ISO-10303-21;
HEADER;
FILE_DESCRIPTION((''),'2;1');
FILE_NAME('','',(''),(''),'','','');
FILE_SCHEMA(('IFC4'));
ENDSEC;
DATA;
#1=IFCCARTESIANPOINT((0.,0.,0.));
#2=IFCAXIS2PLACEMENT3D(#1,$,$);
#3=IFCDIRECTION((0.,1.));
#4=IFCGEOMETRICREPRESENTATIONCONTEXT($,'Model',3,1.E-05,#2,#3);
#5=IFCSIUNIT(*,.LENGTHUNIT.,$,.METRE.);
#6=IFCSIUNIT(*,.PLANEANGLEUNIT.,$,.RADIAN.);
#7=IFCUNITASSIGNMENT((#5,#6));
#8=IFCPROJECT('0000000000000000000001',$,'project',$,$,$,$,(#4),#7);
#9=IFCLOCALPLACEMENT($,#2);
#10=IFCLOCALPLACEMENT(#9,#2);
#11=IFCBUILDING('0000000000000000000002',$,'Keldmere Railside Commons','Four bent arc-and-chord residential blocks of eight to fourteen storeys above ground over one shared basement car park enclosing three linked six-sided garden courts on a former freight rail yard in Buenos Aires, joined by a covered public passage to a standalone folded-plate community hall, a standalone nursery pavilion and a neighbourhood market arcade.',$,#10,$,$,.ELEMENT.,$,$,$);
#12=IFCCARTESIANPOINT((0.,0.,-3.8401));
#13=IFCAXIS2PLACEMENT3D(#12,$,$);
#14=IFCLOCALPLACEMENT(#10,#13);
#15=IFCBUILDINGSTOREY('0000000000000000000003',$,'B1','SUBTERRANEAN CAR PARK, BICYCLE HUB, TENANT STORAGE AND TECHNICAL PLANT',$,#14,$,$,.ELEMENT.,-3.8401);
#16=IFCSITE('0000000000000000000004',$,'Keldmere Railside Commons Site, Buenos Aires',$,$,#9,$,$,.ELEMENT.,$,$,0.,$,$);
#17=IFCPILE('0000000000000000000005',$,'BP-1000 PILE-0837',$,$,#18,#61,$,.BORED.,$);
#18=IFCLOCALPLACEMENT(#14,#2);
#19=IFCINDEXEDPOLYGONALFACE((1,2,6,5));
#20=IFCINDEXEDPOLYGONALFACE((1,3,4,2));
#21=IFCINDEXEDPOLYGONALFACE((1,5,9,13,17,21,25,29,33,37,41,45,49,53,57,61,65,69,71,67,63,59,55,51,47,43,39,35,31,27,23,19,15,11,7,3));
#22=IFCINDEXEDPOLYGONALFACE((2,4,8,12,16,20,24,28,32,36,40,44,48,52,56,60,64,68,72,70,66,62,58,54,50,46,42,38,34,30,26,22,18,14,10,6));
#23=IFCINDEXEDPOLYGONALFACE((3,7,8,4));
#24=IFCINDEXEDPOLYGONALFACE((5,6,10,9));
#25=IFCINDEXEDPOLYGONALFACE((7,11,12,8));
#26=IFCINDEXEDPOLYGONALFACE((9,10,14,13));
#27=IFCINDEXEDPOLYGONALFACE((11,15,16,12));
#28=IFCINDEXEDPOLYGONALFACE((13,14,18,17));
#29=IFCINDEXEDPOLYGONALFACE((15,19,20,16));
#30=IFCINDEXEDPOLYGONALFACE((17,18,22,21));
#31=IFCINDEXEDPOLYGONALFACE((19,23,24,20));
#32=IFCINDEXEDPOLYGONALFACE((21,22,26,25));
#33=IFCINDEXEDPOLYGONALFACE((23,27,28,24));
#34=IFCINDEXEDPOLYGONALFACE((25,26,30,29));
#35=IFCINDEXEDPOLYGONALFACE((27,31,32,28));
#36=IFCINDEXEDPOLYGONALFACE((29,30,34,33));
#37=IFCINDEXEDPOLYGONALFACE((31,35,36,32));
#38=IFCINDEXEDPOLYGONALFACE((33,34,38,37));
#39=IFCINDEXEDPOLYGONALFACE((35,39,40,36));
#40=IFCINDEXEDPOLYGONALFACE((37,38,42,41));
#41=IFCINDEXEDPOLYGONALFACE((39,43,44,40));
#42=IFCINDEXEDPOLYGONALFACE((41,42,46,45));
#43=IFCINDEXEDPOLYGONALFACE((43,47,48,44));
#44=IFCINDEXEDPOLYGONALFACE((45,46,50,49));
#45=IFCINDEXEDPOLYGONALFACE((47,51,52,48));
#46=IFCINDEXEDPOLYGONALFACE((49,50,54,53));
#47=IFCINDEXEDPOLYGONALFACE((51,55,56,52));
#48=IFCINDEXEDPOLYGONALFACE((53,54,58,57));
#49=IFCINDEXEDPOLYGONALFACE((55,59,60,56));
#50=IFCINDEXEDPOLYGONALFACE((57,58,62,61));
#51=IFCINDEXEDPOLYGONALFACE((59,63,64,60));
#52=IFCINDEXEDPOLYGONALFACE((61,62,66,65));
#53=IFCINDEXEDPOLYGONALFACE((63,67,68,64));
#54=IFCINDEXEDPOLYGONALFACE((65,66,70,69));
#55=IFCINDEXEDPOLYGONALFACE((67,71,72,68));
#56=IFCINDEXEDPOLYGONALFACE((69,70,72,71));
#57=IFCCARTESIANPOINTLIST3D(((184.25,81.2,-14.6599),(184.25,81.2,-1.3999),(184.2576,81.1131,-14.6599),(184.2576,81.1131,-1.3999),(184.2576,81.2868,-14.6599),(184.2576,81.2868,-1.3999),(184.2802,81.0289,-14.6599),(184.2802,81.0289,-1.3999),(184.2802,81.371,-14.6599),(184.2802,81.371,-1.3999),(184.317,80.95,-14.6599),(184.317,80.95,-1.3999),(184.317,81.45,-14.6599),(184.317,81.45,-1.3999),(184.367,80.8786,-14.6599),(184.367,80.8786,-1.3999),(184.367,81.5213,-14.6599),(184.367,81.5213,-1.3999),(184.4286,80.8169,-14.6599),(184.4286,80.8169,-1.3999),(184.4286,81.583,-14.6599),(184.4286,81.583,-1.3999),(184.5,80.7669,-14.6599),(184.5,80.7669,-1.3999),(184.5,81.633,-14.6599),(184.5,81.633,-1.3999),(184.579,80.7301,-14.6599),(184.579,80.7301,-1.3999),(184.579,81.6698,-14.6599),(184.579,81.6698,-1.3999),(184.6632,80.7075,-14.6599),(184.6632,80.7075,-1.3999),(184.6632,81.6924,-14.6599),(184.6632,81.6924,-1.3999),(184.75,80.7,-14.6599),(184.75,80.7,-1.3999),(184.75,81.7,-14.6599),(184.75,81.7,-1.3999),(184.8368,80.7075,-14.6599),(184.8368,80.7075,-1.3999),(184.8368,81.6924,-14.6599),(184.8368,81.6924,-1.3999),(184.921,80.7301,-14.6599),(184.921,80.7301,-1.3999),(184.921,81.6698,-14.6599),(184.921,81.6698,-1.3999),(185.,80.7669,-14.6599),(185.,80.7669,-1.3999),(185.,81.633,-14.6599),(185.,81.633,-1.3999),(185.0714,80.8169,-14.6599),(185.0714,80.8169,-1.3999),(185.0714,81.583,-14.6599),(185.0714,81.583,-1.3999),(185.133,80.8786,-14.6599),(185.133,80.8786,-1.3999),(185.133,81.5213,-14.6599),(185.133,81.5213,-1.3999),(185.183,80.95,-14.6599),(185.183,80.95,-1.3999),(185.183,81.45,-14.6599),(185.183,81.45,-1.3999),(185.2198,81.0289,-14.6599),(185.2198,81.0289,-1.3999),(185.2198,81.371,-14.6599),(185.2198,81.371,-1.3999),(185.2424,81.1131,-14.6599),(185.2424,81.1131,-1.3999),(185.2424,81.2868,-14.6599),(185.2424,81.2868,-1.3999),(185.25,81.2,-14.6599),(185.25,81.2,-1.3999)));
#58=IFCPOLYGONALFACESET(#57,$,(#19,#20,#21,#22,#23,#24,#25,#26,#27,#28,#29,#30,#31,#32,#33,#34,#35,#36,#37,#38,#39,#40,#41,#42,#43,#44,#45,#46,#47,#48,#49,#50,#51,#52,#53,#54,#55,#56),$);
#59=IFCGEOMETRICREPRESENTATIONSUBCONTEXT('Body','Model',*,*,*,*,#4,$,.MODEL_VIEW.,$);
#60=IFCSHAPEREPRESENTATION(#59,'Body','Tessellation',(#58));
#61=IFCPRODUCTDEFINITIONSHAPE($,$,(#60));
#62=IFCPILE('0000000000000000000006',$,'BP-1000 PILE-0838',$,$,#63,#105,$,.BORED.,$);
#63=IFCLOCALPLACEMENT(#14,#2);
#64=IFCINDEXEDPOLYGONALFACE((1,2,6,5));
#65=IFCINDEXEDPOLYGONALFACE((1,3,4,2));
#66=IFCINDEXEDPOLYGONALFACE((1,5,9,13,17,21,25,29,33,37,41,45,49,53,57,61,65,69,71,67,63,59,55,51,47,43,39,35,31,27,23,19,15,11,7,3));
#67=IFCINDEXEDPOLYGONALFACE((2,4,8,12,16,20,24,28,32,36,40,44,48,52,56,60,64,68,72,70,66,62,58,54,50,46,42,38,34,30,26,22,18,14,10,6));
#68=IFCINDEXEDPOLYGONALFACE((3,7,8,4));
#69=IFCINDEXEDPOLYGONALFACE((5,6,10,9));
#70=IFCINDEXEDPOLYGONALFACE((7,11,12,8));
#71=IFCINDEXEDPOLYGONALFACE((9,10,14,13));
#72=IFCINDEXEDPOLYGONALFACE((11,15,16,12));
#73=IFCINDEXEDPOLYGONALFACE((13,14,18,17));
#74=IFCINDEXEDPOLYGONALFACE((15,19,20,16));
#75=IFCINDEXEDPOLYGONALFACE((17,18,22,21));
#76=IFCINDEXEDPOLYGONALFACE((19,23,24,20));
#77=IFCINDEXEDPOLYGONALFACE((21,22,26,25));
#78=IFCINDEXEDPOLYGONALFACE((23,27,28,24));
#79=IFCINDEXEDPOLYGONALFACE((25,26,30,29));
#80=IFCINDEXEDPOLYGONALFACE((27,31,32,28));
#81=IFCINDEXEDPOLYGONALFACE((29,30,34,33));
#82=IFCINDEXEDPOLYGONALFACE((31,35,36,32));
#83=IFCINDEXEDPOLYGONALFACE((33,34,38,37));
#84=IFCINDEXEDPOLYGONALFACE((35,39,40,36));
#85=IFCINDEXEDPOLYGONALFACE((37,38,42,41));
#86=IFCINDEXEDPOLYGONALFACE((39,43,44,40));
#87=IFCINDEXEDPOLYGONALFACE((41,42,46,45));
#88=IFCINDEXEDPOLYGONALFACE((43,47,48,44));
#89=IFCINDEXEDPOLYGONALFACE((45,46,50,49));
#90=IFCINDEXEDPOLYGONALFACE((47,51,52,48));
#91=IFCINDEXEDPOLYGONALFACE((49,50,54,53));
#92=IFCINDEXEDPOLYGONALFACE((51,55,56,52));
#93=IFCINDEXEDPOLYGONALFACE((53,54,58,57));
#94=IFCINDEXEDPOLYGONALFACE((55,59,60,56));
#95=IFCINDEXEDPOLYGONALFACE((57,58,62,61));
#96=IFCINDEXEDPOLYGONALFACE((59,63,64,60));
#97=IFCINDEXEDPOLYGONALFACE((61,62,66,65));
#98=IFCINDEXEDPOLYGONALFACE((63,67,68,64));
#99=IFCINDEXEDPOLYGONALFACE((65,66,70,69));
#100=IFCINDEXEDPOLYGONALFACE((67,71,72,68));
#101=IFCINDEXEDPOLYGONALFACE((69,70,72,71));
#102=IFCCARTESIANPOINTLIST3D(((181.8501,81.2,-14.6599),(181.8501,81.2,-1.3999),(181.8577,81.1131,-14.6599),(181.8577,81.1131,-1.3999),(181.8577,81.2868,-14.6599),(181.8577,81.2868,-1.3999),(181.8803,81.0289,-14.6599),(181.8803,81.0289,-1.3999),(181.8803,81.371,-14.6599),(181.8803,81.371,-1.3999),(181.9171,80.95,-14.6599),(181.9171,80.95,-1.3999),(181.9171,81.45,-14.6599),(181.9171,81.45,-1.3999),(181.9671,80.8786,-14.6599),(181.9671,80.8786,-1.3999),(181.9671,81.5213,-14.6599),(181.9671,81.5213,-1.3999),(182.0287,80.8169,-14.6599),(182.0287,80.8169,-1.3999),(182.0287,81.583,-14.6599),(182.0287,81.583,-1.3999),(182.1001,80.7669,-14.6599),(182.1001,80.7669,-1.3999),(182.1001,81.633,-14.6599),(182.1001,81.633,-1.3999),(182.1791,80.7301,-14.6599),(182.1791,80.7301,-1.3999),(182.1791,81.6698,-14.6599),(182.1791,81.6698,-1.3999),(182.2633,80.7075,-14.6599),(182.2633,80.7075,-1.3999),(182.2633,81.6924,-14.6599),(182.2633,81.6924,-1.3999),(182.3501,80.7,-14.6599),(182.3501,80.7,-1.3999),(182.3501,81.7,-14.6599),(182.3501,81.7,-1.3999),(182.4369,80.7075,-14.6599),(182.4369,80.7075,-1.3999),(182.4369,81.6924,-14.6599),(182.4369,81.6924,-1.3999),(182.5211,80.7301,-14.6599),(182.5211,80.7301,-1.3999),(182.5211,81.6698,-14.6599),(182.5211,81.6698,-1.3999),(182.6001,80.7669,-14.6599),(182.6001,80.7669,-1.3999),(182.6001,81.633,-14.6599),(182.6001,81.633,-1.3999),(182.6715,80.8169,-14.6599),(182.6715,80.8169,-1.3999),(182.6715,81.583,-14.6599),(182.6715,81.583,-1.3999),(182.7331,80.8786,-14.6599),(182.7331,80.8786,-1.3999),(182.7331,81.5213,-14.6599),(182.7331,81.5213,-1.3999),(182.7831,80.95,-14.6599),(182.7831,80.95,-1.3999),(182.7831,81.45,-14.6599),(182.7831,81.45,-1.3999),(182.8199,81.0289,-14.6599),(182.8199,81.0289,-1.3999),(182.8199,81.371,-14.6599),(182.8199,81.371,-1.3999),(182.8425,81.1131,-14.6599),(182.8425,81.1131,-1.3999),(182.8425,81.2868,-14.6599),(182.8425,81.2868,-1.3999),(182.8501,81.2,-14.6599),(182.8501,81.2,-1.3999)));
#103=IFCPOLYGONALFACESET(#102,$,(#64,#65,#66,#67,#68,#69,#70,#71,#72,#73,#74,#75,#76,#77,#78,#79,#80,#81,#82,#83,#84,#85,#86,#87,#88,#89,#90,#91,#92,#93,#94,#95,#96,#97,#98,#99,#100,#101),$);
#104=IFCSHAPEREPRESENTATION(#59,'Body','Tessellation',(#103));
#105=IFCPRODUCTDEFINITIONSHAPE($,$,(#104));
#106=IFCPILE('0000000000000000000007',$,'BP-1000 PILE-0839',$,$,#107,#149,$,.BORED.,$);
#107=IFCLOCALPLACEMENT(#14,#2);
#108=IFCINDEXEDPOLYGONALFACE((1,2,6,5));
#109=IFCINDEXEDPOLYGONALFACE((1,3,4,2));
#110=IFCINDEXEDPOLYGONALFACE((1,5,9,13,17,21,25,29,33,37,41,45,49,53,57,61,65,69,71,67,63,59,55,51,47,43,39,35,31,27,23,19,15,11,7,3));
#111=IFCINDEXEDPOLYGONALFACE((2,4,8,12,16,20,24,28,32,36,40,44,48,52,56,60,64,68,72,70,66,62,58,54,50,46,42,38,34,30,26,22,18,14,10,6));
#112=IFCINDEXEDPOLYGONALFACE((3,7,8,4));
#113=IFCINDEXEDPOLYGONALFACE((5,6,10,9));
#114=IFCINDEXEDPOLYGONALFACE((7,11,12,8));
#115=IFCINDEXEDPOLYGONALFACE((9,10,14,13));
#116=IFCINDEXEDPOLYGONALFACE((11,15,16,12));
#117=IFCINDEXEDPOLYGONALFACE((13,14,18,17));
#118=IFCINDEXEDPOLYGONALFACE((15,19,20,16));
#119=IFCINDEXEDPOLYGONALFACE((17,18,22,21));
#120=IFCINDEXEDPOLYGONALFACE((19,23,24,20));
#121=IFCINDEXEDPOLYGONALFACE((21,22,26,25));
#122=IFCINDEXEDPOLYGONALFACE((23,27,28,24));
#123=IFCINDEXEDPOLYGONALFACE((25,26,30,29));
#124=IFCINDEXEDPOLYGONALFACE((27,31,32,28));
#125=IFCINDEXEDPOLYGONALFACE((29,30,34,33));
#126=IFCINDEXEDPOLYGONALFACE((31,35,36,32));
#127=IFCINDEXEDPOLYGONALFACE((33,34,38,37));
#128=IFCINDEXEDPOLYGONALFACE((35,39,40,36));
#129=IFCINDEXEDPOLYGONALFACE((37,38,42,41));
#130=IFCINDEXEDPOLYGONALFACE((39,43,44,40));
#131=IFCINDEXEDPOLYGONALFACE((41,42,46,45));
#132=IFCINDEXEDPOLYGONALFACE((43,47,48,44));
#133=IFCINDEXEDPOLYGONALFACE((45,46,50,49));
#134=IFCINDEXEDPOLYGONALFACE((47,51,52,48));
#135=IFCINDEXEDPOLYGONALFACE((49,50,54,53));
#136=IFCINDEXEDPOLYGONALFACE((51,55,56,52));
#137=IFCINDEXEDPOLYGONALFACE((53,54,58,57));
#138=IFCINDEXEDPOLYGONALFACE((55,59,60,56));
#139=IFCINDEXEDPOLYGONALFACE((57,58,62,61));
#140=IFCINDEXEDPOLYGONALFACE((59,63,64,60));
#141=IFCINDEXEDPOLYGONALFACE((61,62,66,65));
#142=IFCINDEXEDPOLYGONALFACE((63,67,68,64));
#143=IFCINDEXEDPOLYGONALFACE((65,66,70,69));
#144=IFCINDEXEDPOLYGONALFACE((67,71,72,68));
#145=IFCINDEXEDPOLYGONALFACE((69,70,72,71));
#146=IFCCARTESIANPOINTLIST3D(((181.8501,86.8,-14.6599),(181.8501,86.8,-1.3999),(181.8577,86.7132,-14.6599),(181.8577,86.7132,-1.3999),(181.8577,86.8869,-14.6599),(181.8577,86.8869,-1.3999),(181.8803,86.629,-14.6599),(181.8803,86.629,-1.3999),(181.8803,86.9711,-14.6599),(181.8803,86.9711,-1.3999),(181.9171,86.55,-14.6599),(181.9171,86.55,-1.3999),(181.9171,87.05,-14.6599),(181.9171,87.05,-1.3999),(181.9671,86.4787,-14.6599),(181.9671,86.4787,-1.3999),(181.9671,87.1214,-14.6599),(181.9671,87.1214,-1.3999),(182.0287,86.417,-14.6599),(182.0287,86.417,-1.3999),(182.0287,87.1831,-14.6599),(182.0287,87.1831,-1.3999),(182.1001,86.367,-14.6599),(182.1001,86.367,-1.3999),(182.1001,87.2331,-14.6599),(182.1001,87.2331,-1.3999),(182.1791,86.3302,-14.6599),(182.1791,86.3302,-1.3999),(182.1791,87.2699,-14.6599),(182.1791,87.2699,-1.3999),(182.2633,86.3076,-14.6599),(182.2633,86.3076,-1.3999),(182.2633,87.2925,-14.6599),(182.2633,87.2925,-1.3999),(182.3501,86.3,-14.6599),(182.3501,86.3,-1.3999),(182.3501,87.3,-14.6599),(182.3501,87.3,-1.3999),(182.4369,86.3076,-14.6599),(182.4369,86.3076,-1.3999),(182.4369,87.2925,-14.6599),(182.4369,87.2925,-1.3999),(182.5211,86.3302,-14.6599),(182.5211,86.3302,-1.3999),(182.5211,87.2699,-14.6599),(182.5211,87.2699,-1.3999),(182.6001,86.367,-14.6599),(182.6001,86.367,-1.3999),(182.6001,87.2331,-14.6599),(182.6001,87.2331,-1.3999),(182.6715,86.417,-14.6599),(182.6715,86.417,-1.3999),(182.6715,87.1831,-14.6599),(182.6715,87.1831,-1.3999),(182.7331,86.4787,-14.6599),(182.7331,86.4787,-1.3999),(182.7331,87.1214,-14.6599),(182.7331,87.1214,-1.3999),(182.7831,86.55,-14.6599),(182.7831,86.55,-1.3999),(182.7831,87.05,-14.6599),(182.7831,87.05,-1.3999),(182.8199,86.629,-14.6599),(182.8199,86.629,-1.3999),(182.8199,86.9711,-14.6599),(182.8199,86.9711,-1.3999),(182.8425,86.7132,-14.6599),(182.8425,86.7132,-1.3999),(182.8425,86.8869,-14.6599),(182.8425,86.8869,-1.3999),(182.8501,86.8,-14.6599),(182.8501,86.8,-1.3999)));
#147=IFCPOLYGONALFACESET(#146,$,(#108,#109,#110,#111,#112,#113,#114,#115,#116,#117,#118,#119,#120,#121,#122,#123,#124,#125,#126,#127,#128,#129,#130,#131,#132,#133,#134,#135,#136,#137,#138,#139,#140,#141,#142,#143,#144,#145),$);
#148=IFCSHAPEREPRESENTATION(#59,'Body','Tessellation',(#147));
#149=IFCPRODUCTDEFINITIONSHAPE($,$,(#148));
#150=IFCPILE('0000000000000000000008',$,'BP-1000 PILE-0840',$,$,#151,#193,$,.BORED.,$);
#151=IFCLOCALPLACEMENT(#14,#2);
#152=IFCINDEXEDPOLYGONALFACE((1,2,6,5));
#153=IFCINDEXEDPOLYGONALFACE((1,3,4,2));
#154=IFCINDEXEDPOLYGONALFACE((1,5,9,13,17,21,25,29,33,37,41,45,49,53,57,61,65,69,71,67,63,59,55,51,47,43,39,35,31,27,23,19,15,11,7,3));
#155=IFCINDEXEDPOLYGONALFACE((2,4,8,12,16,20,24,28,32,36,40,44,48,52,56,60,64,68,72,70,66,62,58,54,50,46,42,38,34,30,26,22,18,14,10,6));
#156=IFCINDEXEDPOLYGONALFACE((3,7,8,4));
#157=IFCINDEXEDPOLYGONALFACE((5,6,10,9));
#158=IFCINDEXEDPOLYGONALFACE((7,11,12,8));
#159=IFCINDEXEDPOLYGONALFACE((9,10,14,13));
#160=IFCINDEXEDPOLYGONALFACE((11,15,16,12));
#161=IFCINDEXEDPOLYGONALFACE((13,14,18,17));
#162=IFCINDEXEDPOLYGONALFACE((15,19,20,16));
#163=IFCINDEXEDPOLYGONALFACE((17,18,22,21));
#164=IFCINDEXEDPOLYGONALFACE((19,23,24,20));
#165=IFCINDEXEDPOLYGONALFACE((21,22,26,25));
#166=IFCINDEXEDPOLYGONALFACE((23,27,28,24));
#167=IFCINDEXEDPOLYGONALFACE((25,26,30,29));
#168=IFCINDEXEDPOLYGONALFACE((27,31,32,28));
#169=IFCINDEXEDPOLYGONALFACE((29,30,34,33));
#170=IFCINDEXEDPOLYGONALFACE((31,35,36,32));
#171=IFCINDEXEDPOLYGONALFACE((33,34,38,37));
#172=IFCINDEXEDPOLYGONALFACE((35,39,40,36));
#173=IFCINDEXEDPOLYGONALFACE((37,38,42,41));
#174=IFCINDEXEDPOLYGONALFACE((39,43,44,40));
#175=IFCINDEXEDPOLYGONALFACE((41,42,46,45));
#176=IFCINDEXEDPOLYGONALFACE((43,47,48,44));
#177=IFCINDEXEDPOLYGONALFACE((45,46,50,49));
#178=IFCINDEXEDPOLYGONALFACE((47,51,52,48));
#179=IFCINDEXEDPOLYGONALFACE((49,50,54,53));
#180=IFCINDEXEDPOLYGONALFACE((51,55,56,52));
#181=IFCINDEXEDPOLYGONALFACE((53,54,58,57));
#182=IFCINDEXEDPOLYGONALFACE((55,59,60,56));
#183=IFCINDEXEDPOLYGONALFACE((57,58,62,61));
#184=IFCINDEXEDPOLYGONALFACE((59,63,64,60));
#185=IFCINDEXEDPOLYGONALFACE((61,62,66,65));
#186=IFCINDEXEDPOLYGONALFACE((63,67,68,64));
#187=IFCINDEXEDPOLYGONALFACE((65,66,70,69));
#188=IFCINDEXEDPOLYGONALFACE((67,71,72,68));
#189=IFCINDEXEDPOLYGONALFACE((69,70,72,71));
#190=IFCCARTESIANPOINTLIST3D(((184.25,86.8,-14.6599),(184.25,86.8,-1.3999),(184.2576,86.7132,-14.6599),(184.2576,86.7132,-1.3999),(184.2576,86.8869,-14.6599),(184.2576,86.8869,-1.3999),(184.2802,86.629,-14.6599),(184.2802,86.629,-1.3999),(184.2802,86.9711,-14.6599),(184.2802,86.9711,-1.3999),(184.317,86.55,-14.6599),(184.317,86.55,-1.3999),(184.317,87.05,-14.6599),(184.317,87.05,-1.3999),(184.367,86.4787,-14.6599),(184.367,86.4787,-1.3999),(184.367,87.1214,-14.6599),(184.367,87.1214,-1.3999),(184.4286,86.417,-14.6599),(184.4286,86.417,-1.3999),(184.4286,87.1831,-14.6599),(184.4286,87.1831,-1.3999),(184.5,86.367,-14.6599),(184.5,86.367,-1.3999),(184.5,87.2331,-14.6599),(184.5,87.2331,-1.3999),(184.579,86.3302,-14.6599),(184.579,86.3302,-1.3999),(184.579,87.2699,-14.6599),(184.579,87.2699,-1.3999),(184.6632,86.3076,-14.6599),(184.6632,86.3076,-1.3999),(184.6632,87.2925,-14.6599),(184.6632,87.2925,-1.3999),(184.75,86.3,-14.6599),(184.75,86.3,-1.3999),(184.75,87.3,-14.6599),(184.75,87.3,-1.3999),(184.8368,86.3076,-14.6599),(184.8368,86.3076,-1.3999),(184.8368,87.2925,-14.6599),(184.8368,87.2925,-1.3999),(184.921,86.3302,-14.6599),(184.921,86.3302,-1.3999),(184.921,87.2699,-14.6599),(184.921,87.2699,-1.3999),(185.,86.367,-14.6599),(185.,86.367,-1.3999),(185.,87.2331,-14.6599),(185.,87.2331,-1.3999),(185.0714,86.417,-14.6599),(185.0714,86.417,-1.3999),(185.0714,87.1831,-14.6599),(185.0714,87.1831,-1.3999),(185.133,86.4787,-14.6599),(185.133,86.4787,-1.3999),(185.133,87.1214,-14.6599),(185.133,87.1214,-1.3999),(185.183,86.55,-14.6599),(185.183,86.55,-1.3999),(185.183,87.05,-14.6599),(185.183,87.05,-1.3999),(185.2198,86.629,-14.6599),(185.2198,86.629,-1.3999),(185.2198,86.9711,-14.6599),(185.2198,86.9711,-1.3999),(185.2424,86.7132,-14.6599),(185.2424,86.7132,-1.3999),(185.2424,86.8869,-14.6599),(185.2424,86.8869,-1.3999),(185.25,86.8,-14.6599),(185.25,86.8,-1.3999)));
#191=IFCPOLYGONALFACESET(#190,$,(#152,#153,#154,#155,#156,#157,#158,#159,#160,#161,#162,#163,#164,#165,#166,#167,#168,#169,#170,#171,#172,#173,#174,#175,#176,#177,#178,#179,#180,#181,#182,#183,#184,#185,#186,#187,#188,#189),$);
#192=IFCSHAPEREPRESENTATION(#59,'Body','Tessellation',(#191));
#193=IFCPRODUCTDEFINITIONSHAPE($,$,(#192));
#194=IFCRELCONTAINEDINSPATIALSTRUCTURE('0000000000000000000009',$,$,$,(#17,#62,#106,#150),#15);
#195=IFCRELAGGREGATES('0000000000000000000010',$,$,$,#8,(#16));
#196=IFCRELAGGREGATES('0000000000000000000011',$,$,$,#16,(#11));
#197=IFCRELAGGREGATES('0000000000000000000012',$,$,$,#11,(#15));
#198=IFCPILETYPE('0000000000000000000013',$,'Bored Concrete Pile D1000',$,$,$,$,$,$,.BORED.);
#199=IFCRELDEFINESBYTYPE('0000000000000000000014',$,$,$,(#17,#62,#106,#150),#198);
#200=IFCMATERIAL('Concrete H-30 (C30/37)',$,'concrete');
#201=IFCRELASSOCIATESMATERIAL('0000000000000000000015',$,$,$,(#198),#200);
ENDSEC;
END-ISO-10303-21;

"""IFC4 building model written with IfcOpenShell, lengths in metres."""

from ifc_helpers import new_model, si_unit, direction, frame, origin, origin_2d, place, context, subcontext, project, spatial, circle, extrude, material, material_profile, profile_set, type_object, element, save


model = new_model("IFC4")

# Units and contexts
model_context = context("Model", 3, precision=1e-05, world=origin(), true_north=direction((0.0, 1.0)))
body_context = subcontext(model_context, "Body", "Model", "MODEL_VIEW")
ifc_project = project(units=[si_unit("LENGTHUNIT", "METRE"), si_unit("PLANEANGLEUNIT", "RADIAN")], contexts=[model_context])

# Site, building, storey
site_placement = place(None, origin())
site = spatial("IfcSite", under=ifc_project, at=site_placement, Name="Keldmere Railside Commons Site, Buenos Aires", CompositionType="ELEMENT", RefElevation=0.0)
building_placement = place(site_placement, origin())
building = spatial("IfcBuilding", under=site, at=building_placement, Name="Keldmere Railside Commons", Description="Four bent arc-and-chord residential blocks of eight to fourteen storeys above ground over one shared basement car park enclosing three linked six-sided garden courts on a former freight rail yard in Buenos Aires, joined by a covered public passage to a standalone folded-plate community hall, a standalone nursery pavilion and a neighbourhood market arcade.", CompositionType="ELEMENT")
storey_placement = place(building_placement, frame((0.0, 0.0, -3.8401)))
storey = spatial("IfcBuildingStorey", under=building, at=storey_placement, Name="B1", Description="SUBTERRANEAN CAR PARK, BICYCLE HUB, TENANT STORAGE AND TECHNICAL PLANT", CompositionType="ELEMENT", Elevation=-3.8401)

# Piles
ifc_material_1 = material(Name="Concrete H-30 (C30/37)", Category="concrete")
ifc_material_profile_1 = material_profile(ifc_material_1, circle(Radius=0.5, at=origin_2d()), Name="PILE-D1000")
ifc_profile_set_1 = profile_set([ifc_material_profile_1], Name="Concrete H-30 (C30/37)")
pile_type_1 = type_object("IfcPileType", Name="Bored Concrete Pile D1000", PredefinedType="BORED", material=ifc_profile_set_1)
for number, where, z_axis, x_axis, name in (
    (1, (184.75, 81.2, -1.3999), (0.0, 0.0, -1.0), (1.0, 0.0, 0.0), "BP-1000 PILE-0837"),
    (2, (182.3501, 81.2, -1.3999), (0.0, 0.0, -1.0), (1.0, 0.0, 0.0), "BP-1000 PILE-0838"),
    (3, (182.3501, 86.8, -1.3999), (0.0, 0.0, -1.0), (1.0, 0.0, 0.0), "BP-1000 PILE-0839"),
    (4, (184.75, 86.8, -1.3999), (0.0, 0.0, -1.0), (1.0, 0.0, 0.0), "BP-1000 PILE-0840"),
):
    element("IfcPile", number, at=place(storey_placement, frame(where, z_axis=z_axis, x_axis=x_axis)), inside=storey, type_object=pile_type_1, Name=name, PredefinedType="BORED", context=body_context, shape_type="SweptSolid", body=[
        extrude(circle(Radius=0.5, at=origin_2d()), origin(), (0.0, 0.0, 1.0), 13.26),
    ])

save(model, "model.ifc")
